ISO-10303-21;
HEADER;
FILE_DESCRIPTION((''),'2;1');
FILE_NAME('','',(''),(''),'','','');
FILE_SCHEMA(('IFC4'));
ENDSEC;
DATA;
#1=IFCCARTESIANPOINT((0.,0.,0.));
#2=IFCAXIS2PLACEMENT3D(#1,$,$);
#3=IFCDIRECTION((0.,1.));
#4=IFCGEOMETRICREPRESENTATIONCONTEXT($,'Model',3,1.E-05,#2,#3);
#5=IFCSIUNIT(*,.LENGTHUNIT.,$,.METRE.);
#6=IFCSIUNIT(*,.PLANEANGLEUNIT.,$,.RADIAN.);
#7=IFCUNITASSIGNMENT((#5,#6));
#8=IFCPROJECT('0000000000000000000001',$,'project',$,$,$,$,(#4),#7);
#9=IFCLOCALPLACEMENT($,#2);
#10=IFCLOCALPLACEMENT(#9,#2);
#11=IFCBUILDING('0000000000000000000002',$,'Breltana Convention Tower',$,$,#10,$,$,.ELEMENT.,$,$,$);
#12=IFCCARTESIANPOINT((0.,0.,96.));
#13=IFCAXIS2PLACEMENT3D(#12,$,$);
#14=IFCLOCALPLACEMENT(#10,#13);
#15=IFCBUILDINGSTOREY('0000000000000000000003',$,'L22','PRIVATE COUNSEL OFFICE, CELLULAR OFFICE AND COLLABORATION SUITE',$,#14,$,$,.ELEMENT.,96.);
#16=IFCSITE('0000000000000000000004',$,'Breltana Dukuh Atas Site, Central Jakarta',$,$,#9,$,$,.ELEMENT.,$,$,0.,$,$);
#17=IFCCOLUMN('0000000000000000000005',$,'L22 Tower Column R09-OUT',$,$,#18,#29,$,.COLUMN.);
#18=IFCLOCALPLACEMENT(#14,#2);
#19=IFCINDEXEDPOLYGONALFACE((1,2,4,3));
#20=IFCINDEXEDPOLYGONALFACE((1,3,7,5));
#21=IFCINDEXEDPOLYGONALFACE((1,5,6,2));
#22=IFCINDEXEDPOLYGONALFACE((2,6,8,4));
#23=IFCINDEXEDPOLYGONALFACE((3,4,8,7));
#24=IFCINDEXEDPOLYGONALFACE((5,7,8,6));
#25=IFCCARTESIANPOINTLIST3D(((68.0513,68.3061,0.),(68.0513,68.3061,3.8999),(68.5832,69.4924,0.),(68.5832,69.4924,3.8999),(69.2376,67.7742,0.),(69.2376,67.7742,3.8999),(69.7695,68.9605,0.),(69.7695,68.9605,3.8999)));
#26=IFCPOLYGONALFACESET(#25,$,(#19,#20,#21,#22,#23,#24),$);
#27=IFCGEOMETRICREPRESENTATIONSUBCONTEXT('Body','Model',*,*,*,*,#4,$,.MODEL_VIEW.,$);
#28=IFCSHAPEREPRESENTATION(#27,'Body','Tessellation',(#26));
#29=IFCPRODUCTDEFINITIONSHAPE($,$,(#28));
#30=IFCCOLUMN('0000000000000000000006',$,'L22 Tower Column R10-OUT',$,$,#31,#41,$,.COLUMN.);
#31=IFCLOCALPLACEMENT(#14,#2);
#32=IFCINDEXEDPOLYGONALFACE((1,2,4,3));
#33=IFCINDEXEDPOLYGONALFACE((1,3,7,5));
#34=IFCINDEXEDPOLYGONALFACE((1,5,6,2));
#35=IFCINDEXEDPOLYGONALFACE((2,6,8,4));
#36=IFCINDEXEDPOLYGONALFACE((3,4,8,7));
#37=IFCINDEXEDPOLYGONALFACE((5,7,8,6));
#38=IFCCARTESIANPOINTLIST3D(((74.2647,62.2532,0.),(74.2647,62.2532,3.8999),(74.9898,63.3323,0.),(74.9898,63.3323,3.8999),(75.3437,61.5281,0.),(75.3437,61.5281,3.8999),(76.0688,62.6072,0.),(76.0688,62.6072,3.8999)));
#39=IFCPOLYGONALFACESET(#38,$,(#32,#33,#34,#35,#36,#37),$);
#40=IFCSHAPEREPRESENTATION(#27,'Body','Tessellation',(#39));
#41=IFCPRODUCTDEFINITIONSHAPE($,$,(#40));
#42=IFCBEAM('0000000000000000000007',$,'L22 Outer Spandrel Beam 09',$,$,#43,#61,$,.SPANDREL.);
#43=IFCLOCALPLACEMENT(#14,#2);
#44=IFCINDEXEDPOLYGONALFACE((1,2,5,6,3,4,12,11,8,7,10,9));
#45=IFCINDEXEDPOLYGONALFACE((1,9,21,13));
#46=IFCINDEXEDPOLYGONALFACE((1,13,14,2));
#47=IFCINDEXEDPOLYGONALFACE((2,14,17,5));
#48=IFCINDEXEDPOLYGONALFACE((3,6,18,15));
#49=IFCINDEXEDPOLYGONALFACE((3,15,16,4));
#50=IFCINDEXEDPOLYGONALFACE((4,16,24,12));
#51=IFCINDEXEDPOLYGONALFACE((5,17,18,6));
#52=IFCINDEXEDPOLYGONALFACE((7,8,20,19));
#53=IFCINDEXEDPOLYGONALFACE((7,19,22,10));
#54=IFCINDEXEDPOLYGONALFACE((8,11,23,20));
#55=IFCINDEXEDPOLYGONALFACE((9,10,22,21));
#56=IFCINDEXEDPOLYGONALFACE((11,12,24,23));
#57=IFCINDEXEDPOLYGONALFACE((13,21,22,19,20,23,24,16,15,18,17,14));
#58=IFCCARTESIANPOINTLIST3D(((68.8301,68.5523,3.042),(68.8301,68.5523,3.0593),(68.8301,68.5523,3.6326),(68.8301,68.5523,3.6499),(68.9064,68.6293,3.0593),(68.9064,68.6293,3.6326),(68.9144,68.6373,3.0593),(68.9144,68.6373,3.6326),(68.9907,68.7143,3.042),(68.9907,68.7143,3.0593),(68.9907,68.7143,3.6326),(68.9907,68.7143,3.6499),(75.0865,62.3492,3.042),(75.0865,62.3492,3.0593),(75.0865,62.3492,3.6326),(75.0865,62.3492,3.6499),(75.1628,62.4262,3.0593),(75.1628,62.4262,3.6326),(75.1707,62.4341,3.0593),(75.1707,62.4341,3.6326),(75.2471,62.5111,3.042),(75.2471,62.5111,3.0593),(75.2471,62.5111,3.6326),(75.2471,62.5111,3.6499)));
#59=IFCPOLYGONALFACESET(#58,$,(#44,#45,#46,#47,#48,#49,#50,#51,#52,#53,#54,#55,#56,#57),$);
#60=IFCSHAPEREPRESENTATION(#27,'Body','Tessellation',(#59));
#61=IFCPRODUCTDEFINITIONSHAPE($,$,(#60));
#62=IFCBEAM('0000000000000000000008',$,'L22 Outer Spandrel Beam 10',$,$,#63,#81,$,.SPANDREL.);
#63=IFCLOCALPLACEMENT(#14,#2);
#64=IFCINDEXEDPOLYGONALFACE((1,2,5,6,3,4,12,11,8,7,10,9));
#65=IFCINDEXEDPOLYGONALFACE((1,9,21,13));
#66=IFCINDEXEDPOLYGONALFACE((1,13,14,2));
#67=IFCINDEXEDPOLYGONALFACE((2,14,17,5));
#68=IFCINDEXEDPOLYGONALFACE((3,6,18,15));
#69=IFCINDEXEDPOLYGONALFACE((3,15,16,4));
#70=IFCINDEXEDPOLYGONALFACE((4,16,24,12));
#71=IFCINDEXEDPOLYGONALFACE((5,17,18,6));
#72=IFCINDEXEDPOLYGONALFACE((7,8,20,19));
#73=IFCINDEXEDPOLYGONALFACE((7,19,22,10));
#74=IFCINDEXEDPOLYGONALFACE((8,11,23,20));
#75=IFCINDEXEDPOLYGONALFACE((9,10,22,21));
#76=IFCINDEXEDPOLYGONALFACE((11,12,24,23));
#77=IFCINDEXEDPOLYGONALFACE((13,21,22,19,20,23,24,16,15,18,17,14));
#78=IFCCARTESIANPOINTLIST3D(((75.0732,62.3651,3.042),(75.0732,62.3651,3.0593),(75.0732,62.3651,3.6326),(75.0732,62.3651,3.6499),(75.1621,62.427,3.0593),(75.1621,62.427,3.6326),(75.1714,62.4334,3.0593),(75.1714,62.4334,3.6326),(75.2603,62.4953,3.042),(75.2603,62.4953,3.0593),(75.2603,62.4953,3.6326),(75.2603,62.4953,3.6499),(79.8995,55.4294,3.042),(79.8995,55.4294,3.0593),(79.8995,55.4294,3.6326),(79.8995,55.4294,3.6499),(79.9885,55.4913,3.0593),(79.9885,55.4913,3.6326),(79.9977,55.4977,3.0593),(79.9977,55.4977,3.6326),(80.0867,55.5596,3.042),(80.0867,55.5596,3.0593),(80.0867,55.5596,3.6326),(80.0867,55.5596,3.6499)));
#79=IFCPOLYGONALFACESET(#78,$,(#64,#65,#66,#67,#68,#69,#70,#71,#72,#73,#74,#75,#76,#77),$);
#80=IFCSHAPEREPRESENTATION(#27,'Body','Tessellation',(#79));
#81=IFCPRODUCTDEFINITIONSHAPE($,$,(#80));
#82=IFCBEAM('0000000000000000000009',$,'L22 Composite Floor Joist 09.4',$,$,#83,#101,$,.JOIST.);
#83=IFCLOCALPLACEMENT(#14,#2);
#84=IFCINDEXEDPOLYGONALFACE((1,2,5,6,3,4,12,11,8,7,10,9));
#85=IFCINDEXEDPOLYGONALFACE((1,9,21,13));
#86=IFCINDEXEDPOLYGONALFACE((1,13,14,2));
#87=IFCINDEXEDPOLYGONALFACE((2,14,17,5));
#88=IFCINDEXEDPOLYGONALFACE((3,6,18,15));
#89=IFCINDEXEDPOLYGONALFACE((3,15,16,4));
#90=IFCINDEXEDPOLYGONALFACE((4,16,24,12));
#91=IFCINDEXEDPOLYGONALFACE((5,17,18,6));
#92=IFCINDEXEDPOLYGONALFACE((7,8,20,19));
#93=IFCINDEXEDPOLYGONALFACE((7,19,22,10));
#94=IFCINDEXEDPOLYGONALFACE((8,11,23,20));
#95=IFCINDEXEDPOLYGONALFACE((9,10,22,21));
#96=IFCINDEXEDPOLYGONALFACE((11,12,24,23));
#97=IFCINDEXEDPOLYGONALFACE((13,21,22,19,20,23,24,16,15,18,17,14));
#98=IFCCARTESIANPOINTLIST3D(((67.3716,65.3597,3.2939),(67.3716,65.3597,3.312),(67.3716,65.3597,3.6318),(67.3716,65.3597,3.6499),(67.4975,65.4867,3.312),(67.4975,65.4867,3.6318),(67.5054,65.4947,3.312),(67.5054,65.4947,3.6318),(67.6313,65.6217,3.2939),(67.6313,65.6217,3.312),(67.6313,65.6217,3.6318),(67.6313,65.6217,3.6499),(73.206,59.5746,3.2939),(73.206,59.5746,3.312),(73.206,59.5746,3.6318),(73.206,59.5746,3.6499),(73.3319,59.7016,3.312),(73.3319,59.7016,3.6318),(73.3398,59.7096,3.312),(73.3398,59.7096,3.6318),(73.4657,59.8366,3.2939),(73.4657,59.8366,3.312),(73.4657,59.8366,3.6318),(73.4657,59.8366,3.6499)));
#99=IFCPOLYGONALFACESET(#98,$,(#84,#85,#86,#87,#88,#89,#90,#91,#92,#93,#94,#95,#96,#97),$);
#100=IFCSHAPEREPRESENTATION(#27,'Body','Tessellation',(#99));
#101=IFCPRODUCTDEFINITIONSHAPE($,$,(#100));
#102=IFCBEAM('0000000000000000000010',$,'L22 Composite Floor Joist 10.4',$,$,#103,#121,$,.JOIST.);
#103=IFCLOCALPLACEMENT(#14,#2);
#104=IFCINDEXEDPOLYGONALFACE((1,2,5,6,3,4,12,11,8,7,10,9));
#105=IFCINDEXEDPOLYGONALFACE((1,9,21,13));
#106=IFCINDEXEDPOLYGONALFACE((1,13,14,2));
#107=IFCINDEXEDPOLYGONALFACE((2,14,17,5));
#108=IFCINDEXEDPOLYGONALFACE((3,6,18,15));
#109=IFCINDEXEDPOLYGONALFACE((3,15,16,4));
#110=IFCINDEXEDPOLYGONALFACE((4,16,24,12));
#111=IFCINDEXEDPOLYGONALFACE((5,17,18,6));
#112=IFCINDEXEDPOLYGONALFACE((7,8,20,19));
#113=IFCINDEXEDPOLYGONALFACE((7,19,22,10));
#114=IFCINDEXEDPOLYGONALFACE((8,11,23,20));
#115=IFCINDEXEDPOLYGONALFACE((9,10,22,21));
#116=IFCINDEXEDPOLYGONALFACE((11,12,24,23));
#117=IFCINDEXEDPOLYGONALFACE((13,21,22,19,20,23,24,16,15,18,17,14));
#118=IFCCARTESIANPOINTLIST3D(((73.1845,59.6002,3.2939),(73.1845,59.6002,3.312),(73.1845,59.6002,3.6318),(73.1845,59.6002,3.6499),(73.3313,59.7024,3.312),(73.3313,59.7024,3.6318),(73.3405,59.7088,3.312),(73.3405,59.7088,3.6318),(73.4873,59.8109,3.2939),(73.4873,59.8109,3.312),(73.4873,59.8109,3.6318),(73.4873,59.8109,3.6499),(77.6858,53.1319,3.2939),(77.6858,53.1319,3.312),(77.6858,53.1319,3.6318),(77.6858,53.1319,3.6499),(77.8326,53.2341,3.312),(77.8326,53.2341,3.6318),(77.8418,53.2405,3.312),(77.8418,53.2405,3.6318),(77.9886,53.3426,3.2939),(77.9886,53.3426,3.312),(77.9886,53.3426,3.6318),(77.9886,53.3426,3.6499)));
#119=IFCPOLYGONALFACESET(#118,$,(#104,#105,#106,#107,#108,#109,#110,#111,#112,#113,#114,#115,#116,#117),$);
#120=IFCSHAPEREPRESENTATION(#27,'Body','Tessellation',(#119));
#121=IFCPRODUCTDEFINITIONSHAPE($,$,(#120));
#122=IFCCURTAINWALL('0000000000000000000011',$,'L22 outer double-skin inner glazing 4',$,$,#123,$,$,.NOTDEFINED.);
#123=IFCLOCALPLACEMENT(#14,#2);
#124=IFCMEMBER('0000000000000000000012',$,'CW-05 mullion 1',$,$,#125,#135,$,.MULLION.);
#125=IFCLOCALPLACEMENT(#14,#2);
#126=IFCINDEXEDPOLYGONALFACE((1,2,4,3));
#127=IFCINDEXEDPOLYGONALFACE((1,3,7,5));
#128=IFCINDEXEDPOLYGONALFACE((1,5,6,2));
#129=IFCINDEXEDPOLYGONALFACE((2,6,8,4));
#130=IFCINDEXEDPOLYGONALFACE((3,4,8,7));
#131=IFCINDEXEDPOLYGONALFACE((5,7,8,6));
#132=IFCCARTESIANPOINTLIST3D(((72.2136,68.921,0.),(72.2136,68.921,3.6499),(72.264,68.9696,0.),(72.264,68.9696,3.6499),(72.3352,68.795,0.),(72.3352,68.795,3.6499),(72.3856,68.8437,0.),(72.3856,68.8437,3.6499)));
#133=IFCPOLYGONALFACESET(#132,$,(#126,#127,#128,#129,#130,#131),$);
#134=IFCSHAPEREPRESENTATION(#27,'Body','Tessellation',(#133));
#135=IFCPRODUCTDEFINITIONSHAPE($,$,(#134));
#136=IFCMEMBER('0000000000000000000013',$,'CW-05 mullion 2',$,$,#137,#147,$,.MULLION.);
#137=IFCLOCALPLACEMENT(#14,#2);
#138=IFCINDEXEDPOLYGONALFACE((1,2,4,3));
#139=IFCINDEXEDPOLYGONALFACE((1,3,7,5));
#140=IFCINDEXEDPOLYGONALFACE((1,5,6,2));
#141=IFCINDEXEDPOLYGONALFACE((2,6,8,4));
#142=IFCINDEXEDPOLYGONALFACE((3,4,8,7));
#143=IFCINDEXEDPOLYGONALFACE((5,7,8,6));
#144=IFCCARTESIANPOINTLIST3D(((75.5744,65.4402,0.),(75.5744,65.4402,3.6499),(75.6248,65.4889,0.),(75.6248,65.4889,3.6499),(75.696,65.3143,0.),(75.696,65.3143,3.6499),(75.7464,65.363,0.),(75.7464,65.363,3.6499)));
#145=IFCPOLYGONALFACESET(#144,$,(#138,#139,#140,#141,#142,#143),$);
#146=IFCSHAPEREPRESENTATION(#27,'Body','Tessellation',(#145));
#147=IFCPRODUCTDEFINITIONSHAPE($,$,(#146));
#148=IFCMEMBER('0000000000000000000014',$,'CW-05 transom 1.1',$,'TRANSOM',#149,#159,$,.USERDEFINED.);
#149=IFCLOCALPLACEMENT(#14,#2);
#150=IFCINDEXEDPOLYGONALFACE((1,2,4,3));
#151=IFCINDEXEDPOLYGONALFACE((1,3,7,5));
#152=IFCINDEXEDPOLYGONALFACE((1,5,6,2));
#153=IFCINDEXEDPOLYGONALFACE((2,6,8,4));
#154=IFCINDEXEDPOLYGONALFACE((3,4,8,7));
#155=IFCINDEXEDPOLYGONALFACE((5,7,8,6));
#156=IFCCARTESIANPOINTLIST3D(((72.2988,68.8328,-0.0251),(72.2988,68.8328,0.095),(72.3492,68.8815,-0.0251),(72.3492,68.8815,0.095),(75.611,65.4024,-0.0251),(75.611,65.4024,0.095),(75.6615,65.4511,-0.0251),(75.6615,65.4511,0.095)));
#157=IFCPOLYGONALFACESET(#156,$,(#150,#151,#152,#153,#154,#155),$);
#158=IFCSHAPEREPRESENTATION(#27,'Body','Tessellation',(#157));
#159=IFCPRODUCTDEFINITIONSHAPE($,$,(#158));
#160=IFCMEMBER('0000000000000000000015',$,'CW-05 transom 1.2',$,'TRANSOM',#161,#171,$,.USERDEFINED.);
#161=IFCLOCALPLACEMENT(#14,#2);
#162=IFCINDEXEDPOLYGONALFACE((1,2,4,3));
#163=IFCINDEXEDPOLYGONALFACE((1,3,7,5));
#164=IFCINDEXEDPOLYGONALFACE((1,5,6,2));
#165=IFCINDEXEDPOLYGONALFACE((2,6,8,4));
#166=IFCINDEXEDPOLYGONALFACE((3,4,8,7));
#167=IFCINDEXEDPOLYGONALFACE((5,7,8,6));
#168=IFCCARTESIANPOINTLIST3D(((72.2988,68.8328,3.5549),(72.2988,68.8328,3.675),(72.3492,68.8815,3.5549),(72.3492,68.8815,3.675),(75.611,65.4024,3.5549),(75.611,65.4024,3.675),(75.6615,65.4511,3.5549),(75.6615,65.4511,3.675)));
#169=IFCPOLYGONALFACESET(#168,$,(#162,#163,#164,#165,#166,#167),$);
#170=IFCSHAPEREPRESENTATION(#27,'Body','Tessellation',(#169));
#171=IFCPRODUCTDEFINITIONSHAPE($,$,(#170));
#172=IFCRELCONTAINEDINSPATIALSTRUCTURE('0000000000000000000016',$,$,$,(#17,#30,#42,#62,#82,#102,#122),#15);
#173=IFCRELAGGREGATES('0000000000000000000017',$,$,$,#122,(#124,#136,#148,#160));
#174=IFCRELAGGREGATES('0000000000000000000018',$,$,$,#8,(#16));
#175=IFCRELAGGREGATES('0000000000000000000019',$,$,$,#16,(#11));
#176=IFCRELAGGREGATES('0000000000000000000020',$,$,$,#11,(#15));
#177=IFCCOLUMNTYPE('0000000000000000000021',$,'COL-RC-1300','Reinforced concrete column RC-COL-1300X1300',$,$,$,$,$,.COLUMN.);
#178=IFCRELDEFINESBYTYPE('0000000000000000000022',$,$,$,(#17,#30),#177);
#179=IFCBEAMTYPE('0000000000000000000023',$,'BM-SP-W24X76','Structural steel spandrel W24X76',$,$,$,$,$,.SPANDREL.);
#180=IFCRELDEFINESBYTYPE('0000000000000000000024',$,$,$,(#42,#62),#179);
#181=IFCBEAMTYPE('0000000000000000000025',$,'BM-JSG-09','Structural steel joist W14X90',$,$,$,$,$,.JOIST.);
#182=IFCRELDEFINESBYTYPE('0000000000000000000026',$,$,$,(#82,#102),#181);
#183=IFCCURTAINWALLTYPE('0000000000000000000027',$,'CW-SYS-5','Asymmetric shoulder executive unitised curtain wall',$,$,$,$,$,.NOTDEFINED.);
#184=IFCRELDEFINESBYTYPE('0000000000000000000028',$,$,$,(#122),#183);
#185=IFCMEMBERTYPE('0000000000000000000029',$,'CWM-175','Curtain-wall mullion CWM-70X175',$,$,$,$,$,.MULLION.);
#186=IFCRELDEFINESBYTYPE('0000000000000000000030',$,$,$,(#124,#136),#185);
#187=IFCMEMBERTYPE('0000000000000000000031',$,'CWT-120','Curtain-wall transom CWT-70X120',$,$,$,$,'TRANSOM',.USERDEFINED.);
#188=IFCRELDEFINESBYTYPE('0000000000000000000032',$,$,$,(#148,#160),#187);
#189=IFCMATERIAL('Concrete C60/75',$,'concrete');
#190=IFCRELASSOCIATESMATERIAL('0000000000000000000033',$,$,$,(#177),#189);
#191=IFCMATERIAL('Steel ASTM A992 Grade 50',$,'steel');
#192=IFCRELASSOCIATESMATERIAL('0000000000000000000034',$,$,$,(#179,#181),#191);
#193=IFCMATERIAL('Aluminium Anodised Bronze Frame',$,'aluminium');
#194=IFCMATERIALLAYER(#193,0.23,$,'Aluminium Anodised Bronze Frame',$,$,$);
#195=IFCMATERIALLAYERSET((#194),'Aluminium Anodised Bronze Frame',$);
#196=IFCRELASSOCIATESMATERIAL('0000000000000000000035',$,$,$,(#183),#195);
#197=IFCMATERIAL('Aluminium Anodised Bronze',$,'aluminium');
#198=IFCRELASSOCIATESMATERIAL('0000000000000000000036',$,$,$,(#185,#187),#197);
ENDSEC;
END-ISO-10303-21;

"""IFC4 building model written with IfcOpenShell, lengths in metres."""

from ifc_helpers import new_model, si_unit, direction, frame, origin, origin_2d, place, context, subcontext, project, spatial, rectangle, i_section, extrude, source, transform, mapped, material, layer, layer_set, material_profile, profile_set, type_object, element, aggregate, save


model = new_model("IFC4")

# Units and contexts
model_context = context("Model", 3, precision=1e-05, world=origin(), true_north=direction((0.0, 1.0)))
body_context = subcontext(model_context, "Body", "Model", "MODEL_VIEW")
ifc_project = project(units=[si_unit("LENGTHUNIT", "METRE"), si_unit("PLANEANGLEUNIT", "RADIAN")], contexts=[model_context])

# Site, building, storey
site_placement = place(None, origin())
site = spatial("IfcSite", under=ifc_project, at=site_placement, Name="Breltana Dukuh Atas Site, Central Jakarta", CompositionType="ELEMENT", RefElevation=0.0)
building_placement = place(site_placement, origin())
building = spatial("IfcBuilding", under=site, at=building_placement, Name="Breltana Convention Tower", CompositionType="ELEMENT")
storey_placement = place(building_placement, frame((0.0, 0.0, 96.0)))
storey = spatial("IfcBuildingStorey", under=building, at=storey_placement, Name="L22", Description="PRIVATE COUNSEL OFFICE, CELLULAR OFFICE AND COLLABORATION SUITE", CompositionType="ELEMENT", Elevation=96.0)

# Columns
ifc_material_1 = material(Name="Concrete C60/75", Category="concrete")
ifc_material_profile_1 = material_profile(ifc_material_1, rectangle(XDim=1.3, YDim=1.3, at=origin_2d()), Name="RC-COL-1300X1300")
ifc_profile_set_1 = profile_set([ifc_material_profile_1], Name="Concrete C60/75")
column_type = type_object("IfcColumnType", Name="COL-RC-1300", Description="Reinforced concrete column RC-COL-1300X1300", PredefinedType="COLUMN", material=ifc_profile_set_1)
shared_shape_1 = source(origin(), body_context, "Body", "SweptSolid", [
    extrude(rectangle(XDim=1.3, YDim=1.3, at=origin_2d()), origin(), (0.0, 0.0, 1.0), 3.8999),
])
for number, where, z_axis, x_axis, name in (
    (1, (68.9104, 68.6333, 0.0), (0.0, 0.0, 1.0), (0.409127, 0.912477, 0.0), "L22 Tower Column R09-OUT"),
    (2, (75.1667, 62.4302, 0.0), (0.0, 0.0, 1.0), (0.557745, 0.830012, 0.0), "L22 Tower Column R10-OUT"),
):
    element("IfcColumn", number, at=place(storey_placement, frame(where, z_axis=z_axis, x_axis=x_axis)), inside=storey, type_object=column_type, Name=name, PredefinedType="COLUMN", context=body_context, shape_type="MappedRepresentation", body=[
        mapped(shared_shape_1, transform((0.0, 0.0, 0.0), scale=1.0)),
    ])

# Beams
ifc_material_2 = material(Name="Steel ASTM A992 Grade 50", Category="steel")
ifc_material_profile_2 = material_profile(ifc_material_2, i_section(OverallWidth=0.228, OverallDepth=0.6079, WebThickness=0.0112, FlangeThickness=0.0173, at=origin_2d()), Name="W24X76")
ifc_profile_set_2 = profile_set([ifc_material_profile_2], Name="Steel ASTM A992 Grade 50")
beam_type_1 = type_object("IfcBeamType", Name="BM-SP-W24X76", Description="Structural steel spandrel W24X76", PredefinedType="SPANDREL", material=ifc_profile_set_2)
shared_shape_2 = source(origin(), body_context, "Body", "SweptSolid", [
    extrude(i_section(OverallWidth=0.228, OverallDepth=0.6079, WebThickness=0.0112, FlangeThickness=0.0173, at=origin_2d()), origin(), (0.0, 0.0, 1.0), 8.8103),
])
beam_1_placement = place(storey_placement, frame((68.9104, 68.6333, 3.3459), z_axis=(0.710121, -0.70408, 0.0), x_axis=(0.70408, 0.710121, 0.0)))
element("IfcBeam", 3, at=beam_1_placement, inside=storey, type_object=beam_type_1, Name="L22 Outer Spandrel Beam 09", PredefinedType="SPANDREL", context=body_context, shape_type="MappedRepresentation", body=[
    mapped(shared_shape_2, transform((0.0, 0.0, 0.0), scale=1.0)),
])
shared_shape_3 = source(origin(), body_context, "Body", "SweptSolid", [
    extrude(i_section(OverallWidth=0.228, OverallDepth=0.6079, WebThickness=0.0112, FlangeThickness=0.0173, at=origin_2d()), origin(), (0.0, 0.0, 1.0), 8.4497),
])
beam_2_placement = place(storey_placement, frame((75.1667, 62.4302, 3.3459), z_axis=(0.571186, -0.820821, 0.0), x_axis=(0.820821, 0.571186, 0.0)))
element("IfcBeam", 4, at=beam_2_placement, inside=storey, type_object=beam_type_1, Name="L22 Outer Spandrel Beam 10", PredefinedType="SPANDREL", context=body_context, shape_type="MappedRepresentation", body=[
    mapped(shared_shape_3, transform((0.0, 0.0, 0.0), scale=1.0)),
])
ifc_material_profile_3 = material_profile(ifc_material_2, i_section(OverallWidth=0.3689, OverallDepth=0.356, WebThickness=0.0112, FlangeThickness=0.0181, at=origin_2d()), Name="W14X90")
ifc_profile_set_3 = profile_set([ifc_material_profile_3], Name="Steel ASTM A992 Grade 50")
beam_type_2 = type_object("IfcBeamType", Name="BM-JSG-09", Description="Structural steel joist W14X90", PredefinedType="JOIST", material=ifc_profile_set_3)
shared_shape_4 = source(origin(), body_context, "Body", "SweptSolid", [
    extrude(i_section(OverallWidth=0.3689, OverallDepth=0.356, WebThickness=0.0112, FlangeThickness=0.0181, at=origin_2d()), origin(), (0.0, 0.0, 1.0), 8.2163),
])
beam_3_placement = place(storey_placement, frame((67.5015, 65.4907, 3.4719), z_axis=(0.710102, -0.704099, 0.0), x_axis=(0.704099, 0.710102, 0.0)))
element("IfcBeam", 5, at=beam_3_placement, inside=storey, type_object=beam_type_2, Name="L22 Composite Floor Joist 09.4", PredefinedType="JOIST", context=body_context, shape_type="MappedRepresentation", body=[
    mapped(shared_shape_4, transform((0.0, 0.0, 0.0), scale=1.0)),
])
shared_shape_5 = source(origin(), body_context, "Body", "SweptSolid", [
    extrude(i_section(OverallWidth=0.3689, OverallDepth=0.356, WebThickness=0.0112, FlangeThickness=0.0181, at=origin_2d()), origin(), (0.0, 0.0, 1.0), 7.8804),
])
beam_4_placement = place(storey_placement, frame((73.3359, 59.7056, 3.4719), z_axis=(0.571198, -0.820812, 0.0), x_axis=(0.820812, 0.571198, 0.0)))
element("IfcBeam", 6, at=beam_4_placement, inside=storey, type_object=beam_type_2, Name="L22 Composite Floor Joist 10.4", PredefinedType="JOIST", context=body_context, shape_type="MappedRepresentation", body=[
    mapped(shared_shape_5, transform((0.0, 0.0, 0.0), scale=1.0)),
])

# Curtain wall, members
ifc_material_3 = material(Name="Aluminium Anodised Bronze Frame", Category="aluminium")
ifc_layer_1 = layer(ifc_material_3, 0.23, Name="Aluminium Anodised Bronze Frame")
ifc_layer_set_1 = layer_set([ifc_layer_1], Name="Aluminium Anodised Bronze Frame")
curtain_wall_type = type_object("IfcCurtainWallType", Name="CW-SYS-5", Description="Asymmetric shoulder executive unitised curtain wall", PredefinedType="NOTDEFINED", material=ifc_layer_set_1)
curtain_wall_placement = place(storey_placement, origin())
curtain_wall = element("IfcCurtainWall", 7, at=curtain_wall_placement, inside=storey, type_object=curtain_wall_type, Name="L22 outer double-skin inner glazing 4", PredefinedType="NOTDEFINED")
ifc_material_4 = material(Name="Aluminium Anodised Bronze", Category="aluminium")
ifc_material_profile_4 = material_profile(ifc_material_4, rectangle(XDim=0.0701, YDim=0.175, at=origin_2d()), Name="CWM-70X175")
ifc_profile_set_4 = profile_set([ifc_material_profile_4], Name="Aluminium Anodised Bronze")
member_type_1 = type_object("IfcMemberType", Name="CWM-175", Description="Curtain-wall mullion CWM-70X175", PredefinedType="MULLION", material=ifc_profile_set_4)
shared_shape_6 = source(origin(), body_context, "Body", "SweptSolid", [
    extrude(rectangle(XDim=0.0701, YDim=0.175, at=origin_2d()), origin(), (0.0, 0.0, 1.0), 3.6499),
])
member_1_placement = place(storey_placement, frame((72.2996, 68.8823, 0.0), z_axis=(0.0, 0.0, 1.0), x_axis=(0.719385, 0.694612, 0.0)))
member_1 = element("IfcMember", 8, at=member_1_placement, type_object=member_type_1, Name="CW-05 mullion 1", PredefinedType="MULLION", context=body_context, shape_type="MappedRepresentation", body=[
    mapped(shared_shape_6, transform((0.0, 0.0, 0.0), scale=1.0)),
])
member_2_placement = place(storey_placement, frame((75.6604, 65.4016, 0.0), z_axis=(0.0, 0.0, 1.0), x_axis=(0.719385, 0.694612, 0.0)))
member_2 = element("IfcMember", 9, at=member_2_placement, type_object=member_type_1, Name="CW-05 mullion 2", PredefinedType="MULLION", context=body_context, shape_type="MappedRepresentation", body=[
    mapped(shared_shape_6, transform((0.0, 0.0, 0.0), scale=1.0)),
])
ifc_material_profile_5 = material_profile(ifc_material_4, rectangle(XDim=0.0701, YDim=0.1201, at=origin_2d()), Name="CWT-70X120")
ifc_profile_set_5 = profile_set([ifc_material_profile_5], Name="Aluminium Anodised Bronze")
member_type_2 = type_object("IfcMemberType", Name="CWT-120", Description="Curtain-wall transom CWT-70X120", ElementType="TRANSOM", PredefinedType="USERDEFINED", material=ifc_profile_set_5)
shared_shape_7 = source(origin(), body_context, "Body", "SweptSolid", [
    extrude(rectangle(XDim=0.0701, YDim=0.1201, at=origin_2d()), origin(), (0.0, 0.0, 1.0), 4.7686),
])
member_3_placement = place(storey_placement, frame((72.324, 68.8572, 0.0349), z_axis=(0.694608, -0.719388, 0.0), x_axis=(0.719388, 0.694608, 0.0)))
member_3 = element("IfcMember", 10, at=member_3_placement, type_object=member_type_2, Name="CW-05 transom 1.1", ObjectType="TRANSOM", PredefinedType="USERDEFINED", context=body_context, shape_type="MappedRepresentation", body=[
    mapped(shared_shape_7, transform((0.0, 0.0, 0.0), scale=1.0)),
])
member_4_placement = place(storey_placement, frame((72.324, 68.8572, 3.615), z_axis=(0.694608, -0.719388, 0.0), x_axis=(0.719388, 0.694608, 0.0)))
member_4 = element("IfcMember", 11, at=member_4_placement, type_object=member_type_2, Name="CW-05 transom 1.2", ObjectType="TRANSOM", PredefinedType="USERDEFINED", context=body_context, shape_type="MappedRepresentation", body=[
    mapped(shared_shape_7, transform((0.0, 0.0, 0.0), scale=1.0)),
])
aggregate(curtain_wall, [member_1, member_2, member_3, member_4])

save(model, "model.ifc")
